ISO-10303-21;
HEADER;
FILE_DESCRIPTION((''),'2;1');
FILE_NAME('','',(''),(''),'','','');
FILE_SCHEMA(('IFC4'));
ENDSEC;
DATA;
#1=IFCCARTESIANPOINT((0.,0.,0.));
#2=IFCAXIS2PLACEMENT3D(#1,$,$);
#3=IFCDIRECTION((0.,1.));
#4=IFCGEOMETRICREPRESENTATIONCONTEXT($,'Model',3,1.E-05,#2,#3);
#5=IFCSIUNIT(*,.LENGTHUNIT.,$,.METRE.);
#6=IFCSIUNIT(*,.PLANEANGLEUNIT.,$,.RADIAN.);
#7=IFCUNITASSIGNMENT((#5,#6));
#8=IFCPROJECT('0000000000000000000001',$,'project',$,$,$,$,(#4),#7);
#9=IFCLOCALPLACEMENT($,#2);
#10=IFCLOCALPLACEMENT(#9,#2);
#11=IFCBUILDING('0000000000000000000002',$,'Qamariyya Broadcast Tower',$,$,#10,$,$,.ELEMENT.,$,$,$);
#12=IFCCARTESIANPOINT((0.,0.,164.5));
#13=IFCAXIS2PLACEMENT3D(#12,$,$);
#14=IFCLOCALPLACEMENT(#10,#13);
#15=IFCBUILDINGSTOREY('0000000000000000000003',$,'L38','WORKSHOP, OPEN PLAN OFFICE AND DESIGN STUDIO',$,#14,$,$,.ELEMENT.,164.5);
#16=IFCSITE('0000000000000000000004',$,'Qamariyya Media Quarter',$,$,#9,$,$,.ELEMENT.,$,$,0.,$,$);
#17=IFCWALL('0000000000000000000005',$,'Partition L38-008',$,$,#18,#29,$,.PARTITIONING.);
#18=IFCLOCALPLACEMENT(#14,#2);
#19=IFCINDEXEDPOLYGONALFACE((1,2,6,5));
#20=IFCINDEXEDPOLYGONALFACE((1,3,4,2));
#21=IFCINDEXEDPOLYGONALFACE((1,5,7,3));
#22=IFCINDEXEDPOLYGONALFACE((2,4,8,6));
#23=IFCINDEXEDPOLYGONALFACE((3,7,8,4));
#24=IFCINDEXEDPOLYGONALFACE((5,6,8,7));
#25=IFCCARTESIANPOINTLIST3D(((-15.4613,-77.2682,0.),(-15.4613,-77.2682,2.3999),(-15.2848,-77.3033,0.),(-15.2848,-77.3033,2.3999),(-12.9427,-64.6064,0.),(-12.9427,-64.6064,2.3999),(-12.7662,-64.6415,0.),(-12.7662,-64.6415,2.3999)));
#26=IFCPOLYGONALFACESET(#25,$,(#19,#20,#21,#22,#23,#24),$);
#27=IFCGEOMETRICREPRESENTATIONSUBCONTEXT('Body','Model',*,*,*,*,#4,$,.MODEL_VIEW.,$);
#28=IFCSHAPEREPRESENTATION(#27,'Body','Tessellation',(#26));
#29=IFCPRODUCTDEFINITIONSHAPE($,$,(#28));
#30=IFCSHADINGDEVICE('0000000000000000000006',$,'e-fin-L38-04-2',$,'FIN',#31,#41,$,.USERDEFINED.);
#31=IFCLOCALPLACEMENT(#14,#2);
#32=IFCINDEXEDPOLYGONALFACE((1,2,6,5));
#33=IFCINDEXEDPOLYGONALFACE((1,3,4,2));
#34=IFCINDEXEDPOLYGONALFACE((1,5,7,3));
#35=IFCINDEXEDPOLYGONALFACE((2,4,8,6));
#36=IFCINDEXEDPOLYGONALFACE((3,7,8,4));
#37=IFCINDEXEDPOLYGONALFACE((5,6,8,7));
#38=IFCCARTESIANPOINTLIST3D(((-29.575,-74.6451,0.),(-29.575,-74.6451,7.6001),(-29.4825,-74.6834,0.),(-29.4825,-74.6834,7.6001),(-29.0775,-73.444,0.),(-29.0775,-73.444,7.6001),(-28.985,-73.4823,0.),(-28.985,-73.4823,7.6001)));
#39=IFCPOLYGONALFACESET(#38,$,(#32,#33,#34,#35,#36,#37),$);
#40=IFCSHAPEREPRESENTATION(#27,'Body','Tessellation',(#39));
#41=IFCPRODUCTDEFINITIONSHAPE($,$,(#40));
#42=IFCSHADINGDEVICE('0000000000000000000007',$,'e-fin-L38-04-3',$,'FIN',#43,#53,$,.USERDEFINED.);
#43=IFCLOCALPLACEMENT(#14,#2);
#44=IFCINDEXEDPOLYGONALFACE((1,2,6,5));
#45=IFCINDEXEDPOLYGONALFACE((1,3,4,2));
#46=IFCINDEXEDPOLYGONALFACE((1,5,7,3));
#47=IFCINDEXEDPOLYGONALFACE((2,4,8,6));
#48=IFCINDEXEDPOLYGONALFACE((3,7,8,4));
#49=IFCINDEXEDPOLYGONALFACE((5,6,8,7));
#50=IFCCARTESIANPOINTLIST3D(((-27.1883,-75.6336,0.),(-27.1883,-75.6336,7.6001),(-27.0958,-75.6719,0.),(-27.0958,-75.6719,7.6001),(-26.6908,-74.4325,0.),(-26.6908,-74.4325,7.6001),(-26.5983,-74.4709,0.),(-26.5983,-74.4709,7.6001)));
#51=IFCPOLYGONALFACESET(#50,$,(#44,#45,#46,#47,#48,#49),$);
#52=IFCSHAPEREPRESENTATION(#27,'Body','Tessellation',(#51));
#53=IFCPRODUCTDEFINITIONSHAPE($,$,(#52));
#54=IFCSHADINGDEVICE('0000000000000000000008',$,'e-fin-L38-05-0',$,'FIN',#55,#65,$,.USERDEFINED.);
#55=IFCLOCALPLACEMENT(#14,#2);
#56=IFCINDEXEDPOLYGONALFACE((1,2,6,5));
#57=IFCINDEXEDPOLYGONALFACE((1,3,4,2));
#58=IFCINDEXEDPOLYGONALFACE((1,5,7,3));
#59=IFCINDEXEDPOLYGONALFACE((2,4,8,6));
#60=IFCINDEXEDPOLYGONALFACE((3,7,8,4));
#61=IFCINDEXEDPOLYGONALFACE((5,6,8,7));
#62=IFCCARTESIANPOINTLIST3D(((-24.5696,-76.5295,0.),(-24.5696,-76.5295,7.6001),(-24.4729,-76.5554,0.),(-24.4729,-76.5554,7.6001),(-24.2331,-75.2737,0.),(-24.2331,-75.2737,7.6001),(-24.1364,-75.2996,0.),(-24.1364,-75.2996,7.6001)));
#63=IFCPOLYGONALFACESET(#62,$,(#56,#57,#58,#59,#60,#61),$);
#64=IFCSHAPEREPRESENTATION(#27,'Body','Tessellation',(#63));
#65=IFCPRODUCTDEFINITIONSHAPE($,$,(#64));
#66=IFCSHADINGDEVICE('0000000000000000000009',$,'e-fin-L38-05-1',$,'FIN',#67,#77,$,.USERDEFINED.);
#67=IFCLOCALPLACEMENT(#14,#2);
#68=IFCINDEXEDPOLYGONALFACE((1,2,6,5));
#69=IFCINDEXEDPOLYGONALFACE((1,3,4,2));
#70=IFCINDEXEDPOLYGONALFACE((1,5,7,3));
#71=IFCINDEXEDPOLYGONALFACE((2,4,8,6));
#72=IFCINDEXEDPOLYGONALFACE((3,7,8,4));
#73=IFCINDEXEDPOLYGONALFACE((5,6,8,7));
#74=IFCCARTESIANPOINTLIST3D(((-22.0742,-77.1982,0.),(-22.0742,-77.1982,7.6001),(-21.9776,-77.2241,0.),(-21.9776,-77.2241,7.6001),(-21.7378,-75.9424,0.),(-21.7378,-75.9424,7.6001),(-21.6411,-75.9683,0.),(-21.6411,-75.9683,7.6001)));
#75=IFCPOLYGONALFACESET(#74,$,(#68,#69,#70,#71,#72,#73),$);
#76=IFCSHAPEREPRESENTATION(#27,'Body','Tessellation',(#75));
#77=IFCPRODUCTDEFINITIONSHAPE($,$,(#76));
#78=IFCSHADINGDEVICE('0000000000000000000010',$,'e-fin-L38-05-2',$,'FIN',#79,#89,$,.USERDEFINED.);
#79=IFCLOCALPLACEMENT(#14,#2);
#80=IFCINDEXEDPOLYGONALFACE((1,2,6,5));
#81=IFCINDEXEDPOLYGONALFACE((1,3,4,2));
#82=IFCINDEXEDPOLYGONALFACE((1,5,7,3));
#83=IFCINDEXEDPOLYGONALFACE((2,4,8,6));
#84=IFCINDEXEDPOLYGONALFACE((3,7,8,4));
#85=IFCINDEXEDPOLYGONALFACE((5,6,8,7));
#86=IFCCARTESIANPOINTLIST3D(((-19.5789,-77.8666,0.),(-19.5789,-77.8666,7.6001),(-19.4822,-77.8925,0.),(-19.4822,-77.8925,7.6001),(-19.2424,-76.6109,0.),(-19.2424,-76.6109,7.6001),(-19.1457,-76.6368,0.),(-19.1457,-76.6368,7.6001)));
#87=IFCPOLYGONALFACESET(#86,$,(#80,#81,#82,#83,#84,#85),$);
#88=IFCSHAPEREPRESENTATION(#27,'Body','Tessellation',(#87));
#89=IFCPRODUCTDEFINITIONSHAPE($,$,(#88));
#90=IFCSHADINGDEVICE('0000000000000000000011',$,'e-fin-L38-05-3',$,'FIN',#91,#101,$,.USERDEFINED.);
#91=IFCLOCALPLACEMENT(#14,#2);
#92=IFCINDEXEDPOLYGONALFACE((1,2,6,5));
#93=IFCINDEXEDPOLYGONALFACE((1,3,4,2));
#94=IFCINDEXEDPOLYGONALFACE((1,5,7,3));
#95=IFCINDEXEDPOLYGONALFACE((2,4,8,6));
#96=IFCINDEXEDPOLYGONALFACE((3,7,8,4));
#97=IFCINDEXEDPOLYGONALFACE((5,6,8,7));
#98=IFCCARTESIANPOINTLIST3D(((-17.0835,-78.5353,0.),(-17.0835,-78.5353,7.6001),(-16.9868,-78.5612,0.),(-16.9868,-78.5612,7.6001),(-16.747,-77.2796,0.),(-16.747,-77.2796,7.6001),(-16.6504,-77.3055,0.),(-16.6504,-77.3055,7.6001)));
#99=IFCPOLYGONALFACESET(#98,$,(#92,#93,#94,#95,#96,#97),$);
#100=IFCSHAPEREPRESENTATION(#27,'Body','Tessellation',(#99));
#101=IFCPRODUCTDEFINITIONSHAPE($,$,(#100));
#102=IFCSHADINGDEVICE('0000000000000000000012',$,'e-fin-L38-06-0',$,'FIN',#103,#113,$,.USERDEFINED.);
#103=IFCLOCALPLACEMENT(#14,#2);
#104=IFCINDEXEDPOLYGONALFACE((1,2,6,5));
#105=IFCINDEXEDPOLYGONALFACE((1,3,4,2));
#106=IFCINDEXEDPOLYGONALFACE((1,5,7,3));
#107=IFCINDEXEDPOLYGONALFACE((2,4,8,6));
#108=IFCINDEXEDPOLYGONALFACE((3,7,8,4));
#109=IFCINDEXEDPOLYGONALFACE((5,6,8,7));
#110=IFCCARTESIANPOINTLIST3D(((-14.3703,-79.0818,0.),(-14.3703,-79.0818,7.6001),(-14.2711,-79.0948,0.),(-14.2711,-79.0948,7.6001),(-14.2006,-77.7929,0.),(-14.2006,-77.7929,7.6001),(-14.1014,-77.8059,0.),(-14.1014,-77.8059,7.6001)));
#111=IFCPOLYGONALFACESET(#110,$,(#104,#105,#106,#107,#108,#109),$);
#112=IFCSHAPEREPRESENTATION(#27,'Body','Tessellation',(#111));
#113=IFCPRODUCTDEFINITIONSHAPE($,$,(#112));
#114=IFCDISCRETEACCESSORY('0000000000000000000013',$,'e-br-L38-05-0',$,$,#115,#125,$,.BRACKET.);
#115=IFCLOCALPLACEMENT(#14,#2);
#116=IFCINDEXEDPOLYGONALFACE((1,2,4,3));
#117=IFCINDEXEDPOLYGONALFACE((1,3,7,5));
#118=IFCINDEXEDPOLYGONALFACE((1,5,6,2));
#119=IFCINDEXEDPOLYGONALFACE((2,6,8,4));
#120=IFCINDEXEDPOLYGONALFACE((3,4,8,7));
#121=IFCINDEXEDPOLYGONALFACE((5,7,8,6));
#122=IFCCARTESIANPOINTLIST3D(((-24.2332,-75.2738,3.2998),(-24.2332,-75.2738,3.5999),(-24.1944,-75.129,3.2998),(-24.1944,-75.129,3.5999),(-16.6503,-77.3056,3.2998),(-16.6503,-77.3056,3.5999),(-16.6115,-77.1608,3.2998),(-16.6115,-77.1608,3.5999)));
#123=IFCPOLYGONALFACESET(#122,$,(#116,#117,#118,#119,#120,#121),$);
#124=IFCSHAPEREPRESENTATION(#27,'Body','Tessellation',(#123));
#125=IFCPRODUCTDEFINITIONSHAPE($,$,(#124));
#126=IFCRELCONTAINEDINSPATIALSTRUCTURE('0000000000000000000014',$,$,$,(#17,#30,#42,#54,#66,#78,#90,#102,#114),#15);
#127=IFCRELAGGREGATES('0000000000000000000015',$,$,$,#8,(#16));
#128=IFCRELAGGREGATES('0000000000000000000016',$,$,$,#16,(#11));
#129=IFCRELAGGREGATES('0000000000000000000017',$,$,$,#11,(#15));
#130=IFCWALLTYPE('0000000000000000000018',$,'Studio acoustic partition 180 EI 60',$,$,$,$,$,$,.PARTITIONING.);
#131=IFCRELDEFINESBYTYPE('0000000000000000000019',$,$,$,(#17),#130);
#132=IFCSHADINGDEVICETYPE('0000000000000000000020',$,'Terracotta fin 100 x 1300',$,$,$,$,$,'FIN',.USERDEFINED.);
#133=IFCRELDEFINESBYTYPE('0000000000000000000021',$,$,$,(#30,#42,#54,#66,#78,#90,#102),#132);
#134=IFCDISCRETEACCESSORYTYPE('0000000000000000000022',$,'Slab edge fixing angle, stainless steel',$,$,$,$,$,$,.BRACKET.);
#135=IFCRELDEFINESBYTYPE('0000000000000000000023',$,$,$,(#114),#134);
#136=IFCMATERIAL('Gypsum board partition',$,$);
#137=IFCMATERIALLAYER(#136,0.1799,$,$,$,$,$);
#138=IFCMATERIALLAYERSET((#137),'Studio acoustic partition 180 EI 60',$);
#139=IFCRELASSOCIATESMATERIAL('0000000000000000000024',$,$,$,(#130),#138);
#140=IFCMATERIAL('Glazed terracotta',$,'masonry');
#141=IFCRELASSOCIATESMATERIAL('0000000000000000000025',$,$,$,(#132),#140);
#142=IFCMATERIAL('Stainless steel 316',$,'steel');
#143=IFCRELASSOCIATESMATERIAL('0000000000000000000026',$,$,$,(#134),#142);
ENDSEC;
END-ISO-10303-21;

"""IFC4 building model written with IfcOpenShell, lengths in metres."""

from ifc_helpers import new_model, si_unit, direction, frame, frame_2d, origin, origin_2d, place, context, subcontext, project, spatial, rectangle, extrude, material, layer, layer_set, material_profile, profile_set, type_object, element, save


model = new_model("IFC4")

# Units and contexts
model_context = context("Model", 3, precision=1e-05, world=origin(), true_north=direction((0.0, 1.0)))
body_context = subcontext(model_context, "Body", "Model", "MODEL_VIEW")
ifc_project = project(units=[si_unit("LENGTHUNIT", "METRE"), si_unit("PLANEANGLEUNIT", "RADIAN")], contexts=[model_context])

# Site, building, storey
site_placement = place(None, origin())
site = spatial("IfcSite", under=ifc_project, at=site_placement, Name="Qamariyya Media Quarter", CompositionType="ELEMENT", RefElevation=0.0)
building_placement = place(site_placement, origin())
building = spatial("IfcBuilding", under=site, at=building_placement, Name="Qamariyya Broadcast Tower", CompositionType="ELEMENT")
storey_placement = place(building_placement, frame((0.0, 0.0, 164.5)))
storey = spatial("IfcBuildingStorey", under=building, at=storey_placement, Name="L38", Description="WORKSHOP, OPEN PLAN OFFICE AND DESIGN STUDIO", CompositionType="ELEMENT", Elevation=164.5)

# Shared definitions
ifc_material_1 = material(Name="Gypsum board partition")

# Shared definitions
ifc_layer_1 = layer(ifc_material_1, 0.1799)
ifc_layer_set_1 = layer_set([ifc_layer_1], Name="Studio acoustic partition 180 EI 60")
wall_type_1 = type_object("IfcWallType", Name="Studio acoustic partition 180 EI 60", PredefinedType="PARTITIONING", material=ifc_layer_set_1)

# Wall
wall_1_placement = place(storey_placement, frame((-15.373, -77.2859, 0.0), z_axis=(0.0, 0.0, 1.0), x_axis=(0.195087, 0.980786, 0.0)))
element("IfcWall", 1, at=wall_1_placement, inside=storey, type_object=wall_type_1, Name="Partition L38-008", PredefinedType="PARTITIONING", context=body_context, shape_type="SweptSolid", body=[
    extrude(rectangle(XDim=12.9099, YDim=0.1799, at=frame_2d((6.4551, 0.0))), origin(), (0.0, 0.0, 1.0), 2.3999),
])

# Shading devices
ifc_material_2 = material(Name="Glazed terracotta", Category="masonry")
ifc_material_profile_1 = material_profile(ifc_material_2, rectangle(XDim=1.3, YDim=0.1001, at=origin_2d()))
ifc_profile_set_1 = profile_set([ifc_material_profile_1], Name="Glazed terracotta")
shading_device_type_1 = type_object("IfcShadingDeviceType", Name="Terracotta fin 100 x 1300", ElementType="FIN", PredefinedType="USERDEFINED", material=ifc_profile_set_1)
for number, where, z_axis, x_axis, name in (
    (2, (-29.28, -74.0637, 0.0), (0.0, 0.0, 1.0), (-0.382683, -0.92388, 0.0), "e-fin-L38-04-2"),
    (3, (-26.8933, -75.0522, 0.0), (0.0, 0.0, 1.0), (-0.382683, -0.92388, 0.0), "e-fin-L38-04-3"),
    (4, (-24.353, -75.9146, 0.0), (0.0, 0.0, 1.0), (-0.258819, -0.965926, 0.0), "e-fin-L38-05-0"),
    (5, (-21.8577, -76.5833, 0.0), (0.0, 0.0, 1.0), (-0.258819, -0.965926, 0.0), "e-fin-L38-05-1"),
    (6, (-19.3623, -77.2517, 0.0), (0.0, 0.0, 1.0), (-0.258819, -0.965926, 0.0), "e-fin-L38-05-2"),
    (7, (-16.8669, -77.9204, 0.0), (0.0, 0.0, 1.0), (-0.258819, -0.965926, 0.0), "e-fin-L38-05-3"),
    (8, (-14.2358, -78.4438, 0.0), (0.0, 0.0, 1.0), (-0.130526, -0.991445, 0.0), "e-fin-L38-06-0"),
):
    element("IfcShadingDevice", number, at=place(storey_placement, frame(where, z_axis=z_axis, x_axis=x_axis)), inside=storey, type_object=shading_device_type_1, Name=name, ObjectType="FIN", PredefinedType="USERDEFINED", context=body_context, shape_type="SweptSolid", body=[
        extrude(rectangle(XDim=1.3, YDim=0.1001, at=origin_2d()), origin(), (0.0, 0.0, 1.0), 7.6001),
    ])

# Discrete accessory
ifc_material_3 = material(Name="Stainless steel 316", Category="steel")
discrete_accessory_type = type_object("IfcDiscreteAccessoryType", Name="Slab edge fixing angle, stainless steel", PredefinedType="BRACKET", material=ifc_material_3)
discrete_accessory_placement = place(storey_placement, frame((-20.4224, -76.2173, 3.2998), z_axis=(0.0, 0.0, 1.0), x_axis=(0.965926, -0.258819, 0.0)))
element("IfcDiscreteAccessory", 9, at=discrete_accessory_placement, inside=storey, type_object=discrete_accessory_type, Name="e-br-L38-05-0", PredefinedType="BRACKET", context=body_context, shape_type="SweptSolid", body=[
    extrude(rectangle(XDim=7.8503, YDim=0.1499, at=origin_2d()), origin(), (0.0, 0.0, 1.0), 0.3),
])

save(model, "model.ifc")
